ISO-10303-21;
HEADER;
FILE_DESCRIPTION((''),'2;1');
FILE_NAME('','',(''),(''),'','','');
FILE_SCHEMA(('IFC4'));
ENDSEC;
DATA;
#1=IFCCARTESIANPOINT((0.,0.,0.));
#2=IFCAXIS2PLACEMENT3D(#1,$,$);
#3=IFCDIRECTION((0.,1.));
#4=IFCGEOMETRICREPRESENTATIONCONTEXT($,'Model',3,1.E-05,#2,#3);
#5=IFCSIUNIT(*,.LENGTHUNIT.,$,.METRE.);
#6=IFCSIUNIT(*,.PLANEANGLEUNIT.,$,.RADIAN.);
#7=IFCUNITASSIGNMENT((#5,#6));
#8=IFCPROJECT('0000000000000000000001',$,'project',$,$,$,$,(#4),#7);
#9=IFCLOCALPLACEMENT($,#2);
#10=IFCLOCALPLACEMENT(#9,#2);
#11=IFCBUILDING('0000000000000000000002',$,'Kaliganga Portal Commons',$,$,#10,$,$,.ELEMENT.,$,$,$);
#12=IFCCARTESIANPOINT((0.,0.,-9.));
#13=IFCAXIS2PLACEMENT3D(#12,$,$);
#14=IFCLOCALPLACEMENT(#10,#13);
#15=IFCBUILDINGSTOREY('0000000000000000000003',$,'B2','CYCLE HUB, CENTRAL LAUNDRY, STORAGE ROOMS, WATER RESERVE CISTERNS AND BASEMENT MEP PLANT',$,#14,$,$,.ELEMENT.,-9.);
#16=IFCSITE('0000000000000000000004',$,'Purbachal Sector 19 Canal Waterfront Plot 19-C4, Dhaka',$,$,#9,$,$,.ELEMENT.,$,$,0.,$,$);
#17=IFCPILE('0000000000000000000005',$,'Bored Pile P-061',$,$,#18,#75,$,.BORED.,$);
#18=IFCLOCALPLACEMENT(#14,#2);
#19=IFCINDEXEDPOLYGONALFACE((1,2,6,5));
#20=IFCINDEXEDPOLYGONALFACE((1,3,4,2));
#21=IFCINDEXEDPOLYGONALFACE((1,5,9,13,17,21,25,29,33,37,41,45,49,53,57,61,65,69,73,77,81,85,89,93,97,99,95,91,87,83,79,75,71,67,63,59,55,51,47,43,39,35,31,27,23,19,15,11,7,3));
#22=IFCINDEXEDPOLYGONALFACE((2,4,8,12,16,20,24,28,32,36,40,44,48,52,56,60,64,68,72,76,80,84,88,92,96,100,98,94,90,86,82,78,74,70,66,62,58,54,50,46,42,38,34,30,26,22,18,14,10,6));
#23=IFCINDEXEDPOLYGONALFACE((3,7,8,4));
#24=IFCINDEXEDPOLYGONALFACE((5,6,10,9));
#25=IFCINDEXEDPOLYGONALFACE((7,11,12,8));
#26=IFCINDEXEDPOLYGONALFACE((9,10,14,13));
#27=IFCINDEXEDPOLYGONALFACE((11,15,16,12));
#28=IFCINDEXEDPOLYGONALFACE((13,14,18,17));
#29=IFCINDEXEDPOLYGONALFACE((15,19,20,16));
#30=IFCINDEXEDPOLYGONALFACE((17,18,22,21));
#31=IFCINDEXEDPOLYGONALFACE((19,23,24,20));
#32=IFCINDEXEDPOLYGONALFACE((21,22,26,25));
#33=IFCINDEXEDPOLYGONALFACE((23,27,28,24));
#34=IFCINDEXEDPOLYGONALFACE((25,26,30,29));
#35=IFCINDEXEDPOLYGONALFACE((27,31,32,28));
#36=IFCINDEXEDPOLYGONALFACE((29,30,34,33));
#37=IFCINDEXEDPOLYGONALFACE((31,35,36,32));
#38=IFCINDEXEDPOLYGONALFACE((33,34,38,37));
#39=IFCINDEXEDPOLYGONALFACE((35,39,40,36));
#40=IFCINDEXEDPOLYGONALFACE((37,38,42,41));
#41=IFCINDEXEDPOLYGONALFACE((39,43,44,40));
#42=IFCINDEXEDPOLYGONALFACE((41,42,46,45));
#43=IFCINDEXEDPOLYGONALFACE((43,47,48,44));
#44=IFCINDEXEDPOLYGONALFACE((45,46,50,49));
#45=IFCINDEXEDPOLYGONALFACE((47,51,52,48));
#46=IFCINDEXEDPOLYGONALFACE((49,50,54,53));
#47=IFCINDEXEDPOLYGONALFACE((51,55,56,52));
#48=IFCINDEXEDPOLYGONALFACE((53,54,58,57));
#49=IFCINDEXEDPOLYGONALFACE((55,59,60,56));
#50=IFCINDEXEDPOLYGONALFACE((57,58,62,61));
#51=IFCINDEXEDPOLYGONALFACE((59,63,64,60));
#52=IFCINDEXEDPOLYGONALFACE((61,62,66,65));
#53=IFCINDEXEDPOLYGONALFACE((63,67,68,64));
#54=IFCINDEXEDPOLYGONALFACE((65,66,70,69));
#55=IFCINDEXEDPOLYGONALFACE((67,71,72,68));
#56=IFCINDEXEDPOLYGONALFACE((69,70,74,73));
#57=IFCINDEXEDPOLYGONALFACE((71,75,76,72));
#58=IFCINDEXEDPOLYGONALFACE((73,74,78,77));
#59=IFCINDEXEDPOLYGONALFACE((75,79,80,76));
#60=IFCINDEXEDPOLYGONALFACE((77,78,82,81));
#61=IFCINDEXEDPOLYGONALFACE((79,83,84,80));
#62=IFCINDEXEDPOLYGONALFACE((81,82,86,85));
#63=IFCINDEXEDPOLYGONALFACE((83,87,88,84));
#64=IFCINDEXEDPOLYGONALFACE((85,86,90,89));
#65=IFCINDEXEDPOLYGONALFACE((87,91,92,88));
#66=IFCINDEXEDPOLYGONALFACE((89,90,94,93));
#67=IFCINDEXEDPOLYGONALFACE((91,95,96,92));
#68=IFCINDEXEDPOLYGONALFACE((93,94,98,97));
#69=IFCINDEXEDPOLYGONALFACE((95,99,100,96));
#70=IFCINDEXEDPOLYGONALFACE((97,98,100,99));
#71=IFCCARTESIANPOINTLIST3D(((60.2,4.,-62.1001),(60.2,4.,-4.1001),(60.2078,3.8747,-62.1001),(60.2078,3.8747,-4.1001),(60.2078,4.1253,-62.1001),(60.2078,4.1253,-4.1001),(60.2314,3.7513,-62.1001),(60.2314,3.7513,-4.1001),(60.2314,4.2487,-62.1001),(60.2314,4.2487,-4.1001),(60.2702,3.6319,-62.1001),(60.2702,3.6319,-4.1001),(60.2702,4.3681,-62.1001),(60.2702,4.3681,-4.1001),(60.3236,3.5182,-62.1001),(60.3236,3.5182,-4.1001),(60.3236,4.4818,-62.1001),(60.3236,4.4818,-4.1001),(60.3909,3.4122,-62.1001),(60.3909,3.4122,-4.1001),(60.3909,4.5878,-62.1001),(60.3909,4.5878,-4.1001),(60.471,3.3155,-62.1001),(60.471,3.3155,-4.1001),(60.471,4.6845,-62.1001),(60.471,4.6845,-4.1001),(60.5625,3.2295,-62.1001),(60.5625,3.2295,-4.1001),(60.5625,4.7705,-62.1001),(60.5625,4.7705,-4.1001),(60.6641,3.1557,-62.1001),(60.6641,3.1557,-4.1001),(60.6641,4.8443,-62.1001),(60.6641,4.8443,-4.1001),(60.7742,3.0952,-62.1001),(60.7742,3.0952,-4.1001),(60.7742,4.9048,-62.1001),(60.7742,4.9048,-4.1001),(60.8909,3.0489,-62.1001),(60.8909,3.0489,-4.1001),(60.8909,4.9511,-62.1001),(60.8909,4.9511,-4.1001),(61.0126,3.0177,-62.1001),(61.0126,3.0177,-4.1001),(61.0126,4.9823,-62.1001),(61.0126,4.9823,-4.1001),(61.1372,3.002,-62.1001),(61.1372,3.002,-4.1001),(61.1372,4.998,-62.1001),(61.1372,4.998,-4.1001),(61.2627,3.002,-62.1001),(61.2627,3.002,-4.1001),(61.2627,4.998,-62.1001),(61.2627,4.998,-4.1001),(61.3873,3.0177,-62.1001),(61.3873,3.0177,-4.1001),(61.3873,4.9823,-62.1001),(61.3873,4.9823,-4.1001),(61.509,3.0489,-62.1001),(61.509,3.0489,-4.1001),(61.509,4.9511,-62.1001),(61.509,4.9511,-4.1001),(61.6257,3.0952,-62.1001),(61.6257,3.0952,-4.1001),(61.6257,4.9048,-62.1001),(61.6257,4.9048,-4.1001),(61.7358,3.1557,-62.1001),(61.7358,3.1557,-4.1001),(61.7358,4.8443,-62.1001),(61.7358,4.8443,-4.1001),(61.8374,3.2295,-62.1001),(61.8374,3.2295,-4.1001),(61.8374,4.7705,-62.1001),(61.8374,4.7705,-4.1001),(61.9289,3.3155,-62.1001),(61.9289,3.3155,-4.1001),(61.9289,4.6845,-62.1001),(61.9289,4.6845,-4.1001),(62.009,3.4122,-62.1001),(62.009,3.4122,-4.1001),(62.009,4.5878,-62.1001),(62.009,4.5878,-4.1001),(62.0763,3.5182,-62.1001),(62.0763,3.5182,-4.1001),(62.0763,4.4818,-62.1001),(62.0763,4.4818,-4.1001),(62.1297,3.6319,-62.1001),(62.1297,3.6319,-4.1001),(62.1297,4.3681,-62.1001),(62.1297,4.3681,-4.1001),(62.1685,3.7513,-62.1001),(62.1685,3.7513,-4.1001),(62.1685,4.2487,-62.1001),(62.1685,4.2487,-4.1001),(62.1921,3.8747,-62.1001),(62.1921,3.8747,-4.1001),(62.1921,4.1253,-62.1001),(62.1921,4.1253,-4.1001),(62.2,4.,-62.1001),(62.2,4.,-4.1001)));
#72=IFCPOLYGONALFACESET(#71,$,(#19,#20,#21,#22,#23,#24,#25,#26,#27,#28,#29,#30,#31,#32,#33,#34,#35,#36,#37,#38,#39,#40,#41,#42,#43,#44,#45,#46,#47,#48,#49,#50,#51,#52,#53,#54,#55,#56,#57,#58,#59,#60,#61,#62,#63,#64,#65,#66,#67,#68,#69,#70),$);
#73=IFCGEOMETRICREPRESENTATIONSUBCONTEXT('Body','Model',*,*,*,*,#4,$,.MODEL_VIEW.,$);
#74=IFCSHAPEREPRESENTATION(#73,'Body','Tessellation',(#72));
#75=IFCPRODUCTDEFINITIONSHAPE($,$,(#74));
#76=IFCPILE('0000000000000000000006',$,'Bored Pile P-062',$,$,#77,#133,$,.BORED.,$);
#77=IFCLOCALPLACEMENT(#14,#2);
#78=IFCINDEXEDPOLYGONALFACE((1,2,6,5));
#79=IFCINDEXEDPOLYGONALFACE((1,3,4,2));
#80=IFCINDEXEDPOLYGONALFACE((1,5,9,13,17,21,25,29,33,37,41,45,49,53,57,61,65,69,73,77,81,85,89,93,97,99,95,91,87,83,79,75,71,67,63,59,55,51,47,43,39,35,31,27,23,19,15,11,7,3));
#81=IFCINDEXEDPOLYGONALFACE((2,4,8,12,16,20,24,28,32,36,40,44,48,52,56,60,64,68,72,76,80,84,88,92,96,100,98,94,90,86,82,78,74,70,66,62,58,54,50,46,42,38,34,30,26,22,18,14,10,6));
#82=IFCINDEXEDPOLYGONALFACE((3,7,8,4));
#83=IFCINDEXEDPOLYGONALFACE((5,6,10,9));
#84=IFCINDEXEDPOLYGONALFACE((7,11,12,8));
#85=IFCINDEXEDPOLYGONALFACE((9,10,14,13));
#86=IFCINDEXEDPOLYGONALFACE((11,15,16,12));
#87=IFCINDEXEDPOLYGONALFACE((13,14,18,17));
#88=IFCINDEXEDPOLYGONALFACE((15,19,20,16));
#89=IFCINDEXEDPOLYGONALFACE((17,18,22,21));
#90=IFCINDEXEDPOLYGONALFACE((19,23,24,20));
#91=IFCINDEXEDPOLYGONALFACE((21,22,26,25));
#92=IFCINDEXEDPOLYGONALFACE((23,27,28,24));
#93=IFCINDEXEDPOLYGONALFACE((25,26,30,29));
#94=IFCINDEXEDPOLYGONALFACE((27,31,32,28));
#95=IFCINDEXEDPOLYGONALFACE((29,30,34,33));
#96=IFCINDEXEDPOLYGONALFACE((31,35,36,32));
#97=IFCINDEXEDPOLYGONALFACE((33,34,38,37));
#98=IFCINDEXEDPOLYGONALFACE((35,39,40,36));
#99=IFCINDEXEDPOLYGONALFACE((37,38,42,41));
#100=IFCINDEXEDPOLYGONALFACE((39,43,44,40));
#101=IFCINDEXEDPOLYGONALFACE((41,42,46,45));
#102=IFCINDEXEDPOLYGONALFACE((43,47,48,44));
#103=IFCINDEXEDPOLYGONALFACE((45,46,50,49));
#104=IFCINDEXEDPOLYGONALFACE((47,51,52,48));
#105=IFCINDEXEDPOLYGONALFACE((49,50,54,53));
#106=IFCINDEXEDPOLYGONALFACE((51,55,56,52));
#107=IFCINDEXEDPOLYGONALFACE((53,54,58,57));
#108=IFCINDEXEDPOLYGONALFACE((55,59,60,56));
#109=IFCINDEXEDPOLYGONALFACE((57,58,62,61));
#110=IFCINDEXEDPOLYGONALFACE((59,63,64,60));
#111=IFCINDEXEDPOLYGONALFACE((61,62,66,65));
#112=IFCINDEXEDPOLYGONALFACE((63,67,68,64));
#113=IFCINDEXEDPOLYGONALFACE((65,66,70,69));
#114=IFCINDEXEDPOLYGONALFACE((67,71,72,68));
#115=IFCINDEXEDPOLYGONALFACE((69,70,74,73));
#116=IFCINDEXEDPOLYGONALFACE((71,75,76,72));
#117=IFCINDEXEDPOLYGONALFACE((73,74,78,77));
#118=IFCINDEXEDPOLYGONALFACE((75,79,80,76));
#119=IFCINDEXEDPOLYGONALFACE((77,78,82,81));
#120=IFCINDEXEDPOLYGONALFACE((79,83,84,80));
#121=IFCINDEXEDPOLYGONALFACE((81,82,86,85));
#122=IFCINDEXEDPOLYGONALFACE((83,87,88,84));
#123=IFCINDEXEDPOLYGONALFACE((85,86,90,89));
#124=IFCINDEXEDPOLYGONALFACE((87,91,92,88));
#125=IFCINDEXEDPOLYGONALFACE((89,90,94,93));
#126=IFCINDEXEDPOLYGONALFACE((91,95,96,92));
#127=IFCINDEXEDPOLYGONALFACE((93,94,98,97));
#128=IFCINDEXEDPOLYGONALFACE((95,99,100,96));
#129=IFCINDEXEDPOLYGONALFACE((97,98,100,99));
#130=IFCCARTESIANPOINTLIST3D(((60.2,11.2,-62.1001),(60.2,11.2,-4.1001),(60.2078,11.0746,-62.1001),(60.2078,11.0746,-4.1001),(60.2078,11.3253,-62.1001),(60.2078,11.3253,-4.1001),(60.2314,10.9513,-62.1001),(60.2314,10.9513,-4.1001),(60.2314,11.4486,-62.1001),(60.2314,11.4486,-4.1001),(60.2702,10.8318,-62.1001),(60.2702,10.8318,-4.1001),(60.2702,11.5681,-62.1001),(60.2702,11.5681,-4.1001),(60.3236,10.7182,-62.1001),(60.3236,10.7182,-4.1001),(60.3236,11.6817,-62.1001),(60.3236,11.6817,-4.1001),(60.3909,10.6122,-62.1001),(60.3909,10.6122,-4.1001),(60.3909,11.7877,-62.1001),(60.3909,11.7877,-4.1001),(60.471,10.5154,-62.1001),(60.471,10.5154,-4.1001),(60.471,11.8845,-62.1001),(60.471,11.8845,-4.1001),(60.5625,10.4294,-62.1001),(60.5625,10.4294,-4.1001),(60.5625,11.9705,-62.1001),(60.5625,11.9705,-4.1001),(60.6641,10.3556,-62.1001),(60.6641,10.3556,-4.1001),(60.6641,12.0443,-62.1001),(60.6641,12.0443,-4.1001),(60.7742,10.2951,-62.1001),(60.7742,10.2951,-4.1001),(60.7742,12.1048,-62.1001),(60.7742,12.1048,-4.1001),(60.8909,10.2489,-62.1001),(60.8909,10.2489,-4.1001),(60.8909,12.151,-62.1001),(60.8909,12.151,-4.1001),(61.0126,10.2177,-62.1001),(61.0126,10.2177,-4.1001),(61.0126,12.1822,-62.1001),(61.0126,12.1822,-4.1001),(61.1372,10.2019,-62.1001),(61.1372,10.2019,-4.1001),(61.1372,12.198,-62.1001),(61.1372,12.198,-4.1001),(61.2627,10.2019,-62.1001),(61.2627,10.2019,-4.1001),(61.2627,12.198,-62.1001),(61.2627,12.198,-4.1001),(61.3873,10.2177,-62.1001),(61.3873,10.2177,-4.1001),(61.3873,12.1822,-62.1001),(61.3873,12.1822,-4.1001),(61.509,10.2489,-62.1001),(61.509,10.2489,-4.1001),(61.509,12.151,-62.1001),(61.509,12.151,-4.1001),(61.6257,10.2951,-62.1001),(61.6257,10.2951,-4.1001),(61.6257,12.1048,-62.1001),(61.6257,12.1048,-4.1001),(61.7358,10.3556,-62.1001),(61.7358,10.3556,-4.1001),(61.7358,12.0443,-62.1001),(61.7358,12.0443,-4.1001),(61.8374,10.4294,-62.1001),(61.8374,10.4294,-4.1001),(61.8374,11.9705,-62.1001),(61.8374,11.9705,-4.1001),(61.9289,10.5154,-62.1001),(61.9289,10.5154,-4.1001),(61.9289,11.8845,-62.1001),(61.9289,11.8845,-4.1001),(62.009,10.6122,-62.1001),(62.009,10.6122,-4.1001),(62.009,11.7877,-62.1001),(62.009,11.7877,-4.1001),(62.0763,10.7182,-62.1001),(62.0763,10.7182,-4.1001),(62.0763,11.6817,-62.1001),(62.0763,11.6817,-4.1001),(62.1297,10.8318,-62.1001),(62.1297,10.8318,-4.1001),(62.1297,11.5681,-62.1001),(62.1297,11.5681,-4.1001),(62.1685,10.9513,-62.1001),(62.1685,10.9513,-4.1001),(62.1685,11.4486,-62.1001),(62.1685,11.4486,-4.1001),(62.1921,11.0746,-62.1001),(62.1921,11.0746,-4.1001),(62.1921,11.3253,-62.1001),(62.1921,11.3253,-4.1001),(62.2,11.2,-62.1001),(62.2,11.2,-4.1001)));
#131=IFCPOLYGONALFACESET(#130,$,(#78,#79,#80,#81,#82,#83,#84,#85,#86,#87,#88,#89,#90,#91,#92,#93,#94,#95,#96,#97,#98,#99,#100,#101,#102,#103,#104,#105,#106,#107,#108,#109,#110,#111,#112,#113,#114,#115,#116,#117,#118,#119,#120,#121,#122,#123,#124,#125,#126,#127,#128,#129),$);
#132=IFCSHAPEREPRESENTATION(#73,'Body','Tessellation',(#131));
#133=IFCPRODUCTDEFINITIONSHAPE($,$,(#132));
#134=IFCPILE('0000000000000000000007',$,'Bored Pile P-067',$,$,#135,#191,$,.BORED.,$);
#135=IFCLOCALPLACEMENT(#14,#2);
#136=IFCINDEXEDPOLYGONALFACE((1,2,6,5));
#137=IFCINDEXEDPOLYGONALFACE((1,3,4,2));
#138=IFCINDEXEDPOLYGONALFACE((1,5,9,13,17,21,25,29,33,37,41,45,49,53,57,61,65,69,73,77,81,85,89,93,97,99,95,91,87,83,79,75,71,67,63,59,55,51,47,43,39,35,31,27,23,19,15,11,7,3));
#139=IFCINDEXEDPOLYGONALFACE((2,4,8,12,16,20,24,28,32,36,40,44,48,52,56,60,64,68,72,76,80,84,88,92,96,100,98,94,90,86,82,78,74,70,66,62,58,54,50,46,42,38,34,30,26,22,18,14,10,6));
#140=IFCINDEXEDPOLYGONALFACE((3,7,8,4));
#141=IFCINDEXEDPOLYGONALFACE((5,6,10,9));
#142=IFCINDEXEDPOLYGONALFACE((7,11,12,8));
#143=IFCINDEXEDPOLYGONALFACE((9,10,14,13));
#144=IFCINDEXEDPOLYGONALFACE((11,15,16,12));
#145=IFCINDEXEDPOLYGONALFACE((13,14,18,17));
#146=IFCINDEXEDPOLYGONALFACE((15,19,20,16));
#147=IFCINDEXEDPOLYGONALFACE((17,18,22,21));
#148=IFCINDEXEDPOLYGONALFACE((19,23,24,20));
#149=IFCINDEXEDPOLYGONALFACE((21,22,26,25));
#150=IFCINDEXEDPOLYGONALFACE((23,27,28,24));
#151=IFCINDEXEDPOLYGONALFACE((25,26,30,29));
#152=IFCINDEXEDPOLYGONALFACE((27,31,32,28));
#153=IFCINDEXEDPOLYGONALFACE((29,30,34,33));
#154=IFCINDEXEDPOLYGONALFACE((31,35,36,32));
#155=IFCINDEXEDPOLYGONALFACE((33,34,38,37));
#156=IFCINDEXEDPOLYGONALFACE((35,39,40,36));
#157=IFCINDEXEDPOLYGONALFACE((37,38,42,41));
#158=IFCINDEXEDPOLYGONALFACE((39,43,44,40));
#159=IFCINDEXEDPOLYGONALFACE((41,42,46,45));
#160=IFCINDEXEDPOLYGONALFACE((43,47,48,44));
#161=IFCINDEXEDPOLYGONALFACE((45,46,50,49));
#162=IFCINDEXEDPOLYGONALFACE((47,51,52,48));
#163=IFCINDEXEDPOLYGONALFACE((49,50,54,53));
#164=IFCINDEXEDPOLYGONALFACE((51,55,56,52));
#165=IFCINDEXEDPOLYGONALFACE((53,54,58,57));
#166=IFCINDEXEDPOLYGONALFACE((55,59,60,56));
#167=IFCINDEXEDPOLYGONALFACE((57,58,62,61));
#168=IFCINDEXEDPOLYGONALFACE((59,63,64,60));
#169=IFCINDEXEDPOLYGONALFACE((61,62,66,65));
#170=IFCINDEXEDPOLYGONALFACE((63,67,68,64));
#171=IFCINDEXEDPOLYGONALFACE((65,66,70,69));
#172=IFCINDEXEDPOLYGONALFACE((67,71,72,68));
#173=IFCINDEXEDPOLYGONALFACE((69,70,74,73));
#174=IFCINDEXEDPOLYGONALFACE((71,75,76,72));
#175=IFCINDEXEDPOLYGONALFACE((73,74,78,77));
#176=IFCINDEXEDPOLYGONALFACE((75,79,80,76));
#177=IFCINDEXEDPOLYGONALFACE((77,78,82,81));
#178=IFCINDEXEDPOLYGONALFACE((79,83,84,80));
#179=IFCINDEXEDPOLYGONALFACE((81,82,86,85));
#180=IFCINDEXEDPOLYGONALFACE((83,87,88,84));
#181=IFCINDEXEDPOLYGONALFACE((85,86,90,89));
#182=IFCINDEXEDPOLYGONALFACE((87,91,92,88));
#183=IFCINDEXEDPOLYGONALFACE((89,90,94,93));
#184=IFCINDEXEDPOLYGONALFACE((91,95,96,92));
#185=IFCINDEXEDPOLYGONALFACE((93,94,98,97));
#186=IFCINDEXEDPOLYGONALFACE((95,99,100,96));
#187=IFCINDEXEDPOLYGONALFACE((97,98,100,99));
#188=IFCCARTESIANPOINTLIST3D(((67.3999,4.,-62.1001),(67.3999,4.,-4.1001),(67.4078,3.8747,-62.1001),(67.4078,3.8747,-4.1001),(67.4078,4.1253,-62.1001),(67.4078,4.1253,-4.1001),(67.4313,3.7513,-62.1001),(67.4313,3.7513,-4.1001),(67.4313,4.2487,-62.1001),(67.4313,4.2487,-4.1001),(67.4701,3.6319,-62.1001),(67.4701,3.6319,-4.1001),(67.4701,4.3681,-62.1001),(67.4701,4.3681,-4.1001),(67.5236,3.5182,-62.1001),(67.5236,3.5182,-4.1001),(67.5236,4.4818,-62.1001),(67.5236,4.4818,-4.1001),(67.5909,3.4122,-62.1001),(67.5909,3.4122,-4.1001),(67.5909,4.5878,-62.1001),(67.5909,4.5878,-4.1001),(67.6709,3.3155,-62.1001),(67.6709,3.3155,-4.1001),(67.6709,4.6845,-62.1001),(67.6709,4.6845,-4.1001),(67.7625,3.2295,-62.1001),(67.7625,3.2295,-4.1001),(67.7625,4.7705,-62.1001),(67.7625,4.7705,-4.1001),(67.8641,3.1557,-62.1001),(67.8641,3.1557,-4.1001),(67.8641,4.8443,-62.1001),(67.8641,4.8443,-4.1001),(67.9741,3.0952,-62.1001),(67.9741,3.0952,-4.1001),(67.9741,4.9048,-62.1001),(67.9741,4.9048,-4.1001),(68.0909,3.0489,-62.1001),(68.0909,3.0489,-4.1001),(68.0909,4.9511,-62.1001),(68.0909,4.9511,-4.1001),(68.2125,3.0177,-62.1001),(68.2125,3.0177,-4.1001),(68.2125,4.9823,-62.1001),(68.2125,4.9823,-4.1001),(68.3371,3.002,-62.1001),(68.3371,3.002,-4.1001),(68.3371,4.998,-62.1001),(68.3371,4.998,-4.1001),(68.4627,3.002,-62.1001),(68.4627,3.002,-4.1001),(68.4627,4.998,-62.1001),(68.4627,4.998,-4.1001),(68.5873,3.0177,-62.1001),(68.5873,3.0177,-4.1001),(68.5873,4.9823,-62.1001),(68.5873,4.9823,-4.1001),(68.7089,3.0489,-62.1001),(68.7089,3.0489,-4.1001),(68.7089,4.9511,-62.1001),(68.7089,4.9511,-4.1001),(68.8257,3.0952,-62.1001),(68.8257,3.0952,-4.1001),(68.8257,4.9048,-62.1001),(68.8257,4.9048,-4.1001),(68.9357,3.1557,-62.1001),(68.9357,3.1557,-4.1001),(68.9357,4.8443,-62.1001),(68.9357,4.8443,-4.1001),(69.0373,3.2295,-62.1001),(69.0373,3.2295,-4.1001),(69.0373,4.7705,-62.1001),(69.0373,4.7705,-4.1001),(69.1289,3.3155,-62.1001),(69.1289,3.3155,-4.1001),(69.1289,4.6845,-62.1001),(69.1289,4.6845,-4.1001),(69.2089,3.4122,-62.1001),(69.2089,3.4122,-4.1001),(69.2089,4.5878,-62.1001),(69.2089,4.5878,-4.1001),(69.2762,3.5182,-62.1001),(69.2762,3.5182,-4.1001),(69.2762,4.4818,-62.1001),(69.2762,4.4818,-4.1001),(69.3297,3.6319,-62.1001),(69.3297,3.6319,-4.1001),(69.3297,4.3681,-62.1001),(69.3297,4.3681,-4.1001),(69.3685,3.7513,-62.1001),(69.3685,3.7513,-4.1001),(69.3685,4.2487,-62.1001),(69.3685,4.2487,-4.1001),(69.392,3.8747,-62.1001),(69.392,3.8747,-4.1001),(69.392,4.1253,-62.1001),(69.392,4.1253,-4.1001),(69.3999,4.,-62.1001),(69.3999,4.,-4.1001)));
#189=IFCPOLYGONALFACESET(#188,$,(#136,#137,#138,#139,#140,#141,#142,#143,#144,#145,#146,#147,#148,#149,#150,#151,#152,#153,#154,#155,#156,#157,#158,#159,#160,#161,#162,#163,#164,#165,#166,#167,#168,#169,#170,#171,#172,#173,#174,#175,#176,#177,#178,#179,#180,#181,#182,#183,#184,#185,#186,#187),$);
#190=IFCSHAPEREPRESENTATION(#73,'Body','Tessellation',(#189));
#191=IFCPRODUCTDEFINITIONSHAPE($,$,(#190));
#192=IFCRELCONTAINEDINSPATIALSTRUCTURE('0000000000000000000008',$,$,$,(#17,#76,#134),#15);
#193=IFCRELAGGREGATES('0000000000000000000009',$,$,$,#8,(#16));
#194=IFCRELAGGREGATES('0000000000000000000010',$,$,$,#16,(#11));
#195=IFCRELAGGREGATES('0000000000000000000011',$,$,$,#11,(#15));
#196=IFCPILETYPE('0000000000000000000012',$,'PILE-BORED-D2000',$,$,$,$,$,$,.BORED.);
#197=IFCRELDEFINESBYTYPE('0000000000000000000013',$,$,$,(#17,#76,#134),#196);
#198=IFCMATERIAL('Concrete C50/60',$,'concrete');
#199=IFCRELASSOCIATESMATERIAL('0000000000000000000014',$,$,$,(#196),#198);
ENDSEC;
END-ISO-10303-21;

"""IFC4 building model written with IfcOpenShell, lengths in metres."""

from ifc_helpers import new_model, si_unit, direction, frame, origin, origin_2d, place, context, subcontext, project, spatial, circle, extrude, material, material_profile, profile_set, type_object, element, save


model = new_model("IFC4")

# Units and contexts
model_context = context("Model", 3, precision=1e-05, world=origin(), true_north=direction((0.0, 1.0)))
body_context = subcontext(model_context, "Body", "Model", "MODEL_VIEW")
ifc_project = project(units=[si_unit("LENGTHUNIT", "METRE"), si_unit("PLANEANGLEUNIT", "RADIAN")], contexts=[model_context])

# Site, building, storey
site_placement = place(None, origin())
site = spatial("IfcSite", under=ifc_project, at=site_placement, Name="Purbachal Sector 19 Canal Waterfront Plot 19-C4, Dhaka", CompositionType="ELEMENT", RefElevation=0.0)
building_placement = place(site_placement, origin())
building = spatial("IfcBuilding", under=site, at=building_placement, Name="Kaliganga Portal Commons", CompositionType="ELEMENT")
storey_placement = place(building_placement, frame((0.0, 0.0, -9.0)))
storey = spatial("IfcBuildingStorey", under=building, at=storey_placement, Name="B2", Description="CYCLE HUB, CENTRAL LAUNDRY, STORAGE ROOMS, WATER RESERVE CISTERNS AND BASEMENT MEP PLANT", CompositionType="ELEMENT", Elevation=-9.0)

# Piles
ifc_material_1 = material(Name="Concrete C50/60", Category="concrete")
ifc_material_profile_1 = material_profile(ifc_material_1, circle(Radius=1.0, at=origin_2d()), Name="PILE D2000")
ifc_profile_set_1 = profile_set([ifc_material_profile_1], Name="Concrete C50/60")
pile_type = type_object("IfcPileType", Name="PILE-BORED-D2000", PredefinedType="BORED", material=ifc_profile_set_1)
for number, where, z_axis, x_axis, name in (
    (1, (61.2, 4.0, -4.1001), (0.0, 0.0, -1.0), (1.0, 0.0, 0.0), "Bored Pile P-061"),
    (2, (61.2, 11.2, -4.1001), (0.0, 0.0, -1.0), (1.0, 0.0, 0.0), "Bored Pile P-062"),
    (3, (68.3999, 4.0, -4.1001), (0.0, 0.0, -1.0), (1.0, 0.0, 0.0), "Bored Pile P-067"),
):
    element("IfcPile", number, at=place(storey_placement, frame(where, z_axis=z_axis, x_axis=x_axis)), inside=storey, type_object=pile_type, Name=name, PredefinedType="BORED", context=body_context, shape_type="SweptSolid", body=[
        extrude(circle(Radius=1.0, at=origin_2d()), origin(), (0.0, 0.0, 1.0), 58.0),
    ])

save(model, "model.ifc")
